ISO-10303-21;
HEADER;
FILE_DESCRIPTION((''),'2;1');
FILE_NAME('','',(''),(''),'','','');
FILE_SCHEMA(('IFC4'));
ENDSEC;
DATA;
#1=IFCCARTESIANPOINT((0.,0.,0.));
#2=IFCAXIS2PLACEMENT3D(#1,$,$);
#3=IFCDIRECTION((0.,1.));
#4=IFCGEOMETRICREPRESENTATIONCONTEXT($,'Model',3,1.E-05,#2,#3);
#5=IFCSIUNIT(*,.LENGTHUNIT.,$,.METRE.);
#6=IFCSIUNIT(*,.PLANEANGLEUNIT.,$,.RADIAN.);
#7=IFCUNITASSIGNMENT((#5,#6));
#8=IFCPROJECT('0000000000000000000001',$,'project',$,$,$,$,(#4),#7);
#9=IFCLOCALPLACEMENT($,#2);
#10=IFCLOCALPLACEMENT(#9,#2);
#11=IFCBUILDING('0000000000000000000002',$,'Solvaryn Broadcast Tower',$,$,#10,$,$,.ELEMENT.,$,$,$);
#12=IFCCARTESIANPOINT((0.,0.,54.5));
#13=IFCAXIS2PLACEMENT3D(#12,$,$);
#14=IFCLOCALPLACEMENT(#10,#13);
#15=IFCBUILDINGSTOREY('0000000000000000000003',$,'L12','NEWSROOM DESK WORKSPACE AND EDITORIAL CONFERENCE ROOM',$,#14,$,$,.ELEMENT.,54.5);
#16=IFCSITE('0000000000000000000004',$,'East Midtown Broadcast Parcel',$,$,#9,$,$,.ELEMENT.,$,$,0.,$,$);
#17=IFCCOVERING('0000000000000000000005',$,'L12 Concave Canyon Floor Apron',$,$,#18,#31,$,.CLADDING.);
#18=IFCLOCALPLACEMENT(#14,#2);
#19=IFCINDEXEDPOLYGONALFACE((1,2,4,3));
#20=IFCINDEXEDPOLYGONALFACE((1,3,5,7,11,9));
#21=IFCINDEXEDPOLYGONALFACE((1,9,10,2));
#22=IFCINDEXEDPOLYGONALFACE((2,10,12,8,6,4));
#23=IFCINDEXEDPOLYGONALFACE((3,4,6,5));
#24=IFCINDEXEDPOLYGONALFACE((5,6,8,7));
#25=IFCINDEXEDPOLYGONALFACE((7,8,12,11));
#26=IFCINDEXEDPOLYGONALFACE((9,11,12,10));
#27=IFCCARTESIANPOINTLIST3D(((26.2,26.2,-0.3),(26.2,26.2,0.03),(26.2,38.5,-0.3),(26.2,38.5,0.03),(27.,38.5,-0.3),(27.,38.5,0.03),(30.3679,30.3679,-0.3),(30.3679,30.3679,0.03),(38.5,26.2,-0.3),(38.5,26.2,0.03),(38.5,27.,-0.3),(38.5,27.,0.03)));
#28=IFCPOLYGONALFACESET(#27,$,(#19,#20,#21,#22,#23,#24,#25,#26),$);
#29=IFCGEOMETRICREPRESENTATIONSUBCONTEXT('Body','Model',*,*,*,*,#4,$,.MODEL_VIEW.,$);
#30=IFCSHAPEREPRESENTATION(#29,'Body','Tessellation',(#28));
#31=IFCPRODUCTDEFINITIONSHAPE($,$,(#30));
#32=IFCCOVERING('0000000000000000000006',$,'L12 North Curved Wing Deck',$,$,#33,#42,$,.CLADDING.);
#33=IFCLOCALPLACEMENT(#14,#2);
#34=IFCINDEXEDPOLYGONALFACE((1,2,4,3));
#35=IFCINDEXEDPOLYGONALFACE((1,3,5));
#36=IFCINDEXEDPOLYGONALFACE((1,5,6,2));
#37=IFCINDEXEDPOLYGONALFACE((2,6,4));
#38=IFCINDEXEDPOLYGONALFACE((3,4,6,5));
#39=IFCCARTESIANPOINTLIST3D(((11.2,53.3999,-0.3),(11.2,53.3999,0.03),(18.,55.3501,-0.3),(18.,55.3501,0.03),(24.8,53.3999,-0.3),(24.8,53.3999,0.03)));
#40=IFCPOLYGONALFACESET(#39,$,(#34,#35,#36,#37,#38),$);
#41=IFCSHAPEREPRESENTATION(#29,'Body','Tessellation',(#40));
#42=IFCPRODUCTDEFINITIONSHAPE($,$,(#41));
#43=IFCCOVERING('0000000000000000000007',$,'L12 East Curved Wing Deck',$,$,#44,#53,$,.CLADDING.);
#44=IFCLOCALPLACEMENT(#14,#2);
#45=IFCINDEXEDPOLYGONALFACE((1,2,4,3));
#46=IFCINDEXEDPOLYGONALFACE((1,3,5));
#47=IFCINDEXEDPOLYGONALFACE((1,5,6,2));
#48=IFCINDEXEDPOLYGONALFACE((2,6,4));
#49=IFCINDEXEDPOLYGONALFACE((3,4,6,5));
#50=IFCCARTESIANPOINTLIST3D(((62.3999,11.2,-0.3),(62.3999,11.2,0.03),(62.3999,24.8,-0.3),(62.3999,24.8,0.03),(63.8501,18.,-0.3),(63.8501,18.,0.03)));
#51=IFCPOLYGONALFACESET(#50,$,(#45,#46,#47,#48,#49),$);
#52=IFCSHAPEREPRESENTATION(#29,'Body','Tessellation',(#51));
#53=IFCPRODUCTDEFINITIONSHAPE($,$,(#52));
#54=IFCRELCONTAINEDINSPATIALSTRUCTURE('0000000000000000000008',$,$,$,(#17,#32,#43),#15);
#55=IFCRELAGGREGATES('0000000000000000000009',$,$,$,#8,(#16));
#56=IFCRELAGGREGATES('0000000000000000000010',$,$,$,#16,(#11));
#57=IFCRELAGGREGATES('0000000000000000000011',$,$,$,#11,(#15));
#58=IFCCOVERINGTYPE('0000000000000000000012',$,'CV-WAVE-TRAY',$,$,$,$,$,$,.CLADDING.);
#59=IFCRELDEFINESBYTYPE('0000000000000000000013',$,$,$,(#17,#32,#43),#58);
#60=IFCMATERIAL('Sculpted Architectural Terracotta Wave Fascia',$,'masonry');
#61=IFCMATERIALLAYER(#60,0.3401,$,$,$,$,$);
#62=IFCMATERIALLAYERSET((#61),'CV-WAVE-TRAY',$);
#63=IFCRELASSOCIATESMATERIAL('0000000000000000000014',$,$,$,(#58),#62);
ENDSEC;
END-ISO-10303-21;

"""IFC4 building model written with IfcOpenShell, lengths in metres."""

from ifc_helpers import new_model, si_unit, direction, frame, origin, place, context, subcontext, project, spatial, polyline, outline, extrude, material, layer, layer_set, type_object, element, save


model = new_model("IFC4")

# Units and contexts
model_context = context("Model", 3, precision=1e-05, world=origin(), true_north=direction((0.0, 1.0)))
body_context = subcontext(model_context, "Body", "Model", "MODEL_VIEW")
ifc_project = project(units=[si_unit("LENGTHUNIT", "METRE"), si_unit("PLANEANGLEUNIT", "RADIAN")], contexts=[model_context])

# Site, building, storey
site_placement = place(None, origin())
site = spatial("IfcSite", under=ifc_project, at=site_placement, Name="East Midtown Broadcast Parcel", CompositionType="ELEMENT", RefElevation=0.0)
building_placement = place(site_placement, origin())
building = spatial("IfcBuilding", under=site, at=building_placement, Name="Solvaryn Broadcast Tower", CompositionType="ELEMENT")
storey_placement = place(building_placement, frame((0.0, 0.0, 54.5)))
storey = spatial("IfcBuildingStorey", under=building, at=storey_placement, Name="L12", Description="NEWSROOM DESK WORKSPACE AND EDITORIAL CONFERENCE ROOM", CompositionType="ELEMENT", Elevation=54.5)

# Coverings
ifc_material_1 = material(Name="Sculpted Architectural Terracotta Wave Fascia", Category="masonry")
ifc_layer_1 = layer(ifc_material_1, 0.3401)
ifc_layer_set_1 = layer_set([ifc_layer_1], Name="CV-WAVE-TRAY")
covering_type_1 = type_object("IfcCoveringType", Name="CV-WAVE-TRAY", PredefinedType="CLADDING", material=ifc_layer_set_1)
covering_1_placement = place(storey_placement, frame((0.0, 0.0, -0.3)))
element("IfcCovering", 1, at=covering_1_placement, inside=storey, type_object=covering_type_1, Name="L12 Concave Canyon Floor Apron", PredefinedType="CLADDING", context=body_context, shape_type="SweptSolid", body=[
    extrude(outline(polyline([(26.2, 26.2), (38.5, 26.2), (38.5, 27.0), (30.3679, 30.3679), (27.0, 38.5), (26.2, 38.5), (26.2, 26.2)])), origin(), (0.0, 0.0, 1.0), 0.3301),
])
covering_2_placement = place(storey_placement, frame((0.0, 0.0, -0.3)))
element("IfcCovering", 2, at=covering_2_placement, inside=storey, type_object=covering_type_1, Name="L12 North Curved Wing Deck", PredefinedType="CLADDING", context=body_context, shape_type="SweptSolid", body=[
    extrude(outline(polyline([(11.2, 53.3999), (24.8, 53.3999), (18.0, 55.3501), (11.2, 53.3999)])), origin(), (0.0, 0.0, 1.0), 0.3301),
])
covering_3_placement = place(storey_placement, frame((0.0, 0.0, -0.3)))
element("IfcCovering", 3, at=covering_3_placement, inside=storey, type_object=covering_type_1, Name="L12 East Curved Wing Deck", PredefinedType="CLADDING", context=body_context, shape_type="SweptSolid", body=[
    extrude(outline(polyline([(62.3999, 11.2), (63.8501, 18.0), (62.3999, 24.8), (62.3999, 11.2)])), origin(), (0.0, 0.0, 1.0), 0.3301),
])

save(model, "model.ifc")
